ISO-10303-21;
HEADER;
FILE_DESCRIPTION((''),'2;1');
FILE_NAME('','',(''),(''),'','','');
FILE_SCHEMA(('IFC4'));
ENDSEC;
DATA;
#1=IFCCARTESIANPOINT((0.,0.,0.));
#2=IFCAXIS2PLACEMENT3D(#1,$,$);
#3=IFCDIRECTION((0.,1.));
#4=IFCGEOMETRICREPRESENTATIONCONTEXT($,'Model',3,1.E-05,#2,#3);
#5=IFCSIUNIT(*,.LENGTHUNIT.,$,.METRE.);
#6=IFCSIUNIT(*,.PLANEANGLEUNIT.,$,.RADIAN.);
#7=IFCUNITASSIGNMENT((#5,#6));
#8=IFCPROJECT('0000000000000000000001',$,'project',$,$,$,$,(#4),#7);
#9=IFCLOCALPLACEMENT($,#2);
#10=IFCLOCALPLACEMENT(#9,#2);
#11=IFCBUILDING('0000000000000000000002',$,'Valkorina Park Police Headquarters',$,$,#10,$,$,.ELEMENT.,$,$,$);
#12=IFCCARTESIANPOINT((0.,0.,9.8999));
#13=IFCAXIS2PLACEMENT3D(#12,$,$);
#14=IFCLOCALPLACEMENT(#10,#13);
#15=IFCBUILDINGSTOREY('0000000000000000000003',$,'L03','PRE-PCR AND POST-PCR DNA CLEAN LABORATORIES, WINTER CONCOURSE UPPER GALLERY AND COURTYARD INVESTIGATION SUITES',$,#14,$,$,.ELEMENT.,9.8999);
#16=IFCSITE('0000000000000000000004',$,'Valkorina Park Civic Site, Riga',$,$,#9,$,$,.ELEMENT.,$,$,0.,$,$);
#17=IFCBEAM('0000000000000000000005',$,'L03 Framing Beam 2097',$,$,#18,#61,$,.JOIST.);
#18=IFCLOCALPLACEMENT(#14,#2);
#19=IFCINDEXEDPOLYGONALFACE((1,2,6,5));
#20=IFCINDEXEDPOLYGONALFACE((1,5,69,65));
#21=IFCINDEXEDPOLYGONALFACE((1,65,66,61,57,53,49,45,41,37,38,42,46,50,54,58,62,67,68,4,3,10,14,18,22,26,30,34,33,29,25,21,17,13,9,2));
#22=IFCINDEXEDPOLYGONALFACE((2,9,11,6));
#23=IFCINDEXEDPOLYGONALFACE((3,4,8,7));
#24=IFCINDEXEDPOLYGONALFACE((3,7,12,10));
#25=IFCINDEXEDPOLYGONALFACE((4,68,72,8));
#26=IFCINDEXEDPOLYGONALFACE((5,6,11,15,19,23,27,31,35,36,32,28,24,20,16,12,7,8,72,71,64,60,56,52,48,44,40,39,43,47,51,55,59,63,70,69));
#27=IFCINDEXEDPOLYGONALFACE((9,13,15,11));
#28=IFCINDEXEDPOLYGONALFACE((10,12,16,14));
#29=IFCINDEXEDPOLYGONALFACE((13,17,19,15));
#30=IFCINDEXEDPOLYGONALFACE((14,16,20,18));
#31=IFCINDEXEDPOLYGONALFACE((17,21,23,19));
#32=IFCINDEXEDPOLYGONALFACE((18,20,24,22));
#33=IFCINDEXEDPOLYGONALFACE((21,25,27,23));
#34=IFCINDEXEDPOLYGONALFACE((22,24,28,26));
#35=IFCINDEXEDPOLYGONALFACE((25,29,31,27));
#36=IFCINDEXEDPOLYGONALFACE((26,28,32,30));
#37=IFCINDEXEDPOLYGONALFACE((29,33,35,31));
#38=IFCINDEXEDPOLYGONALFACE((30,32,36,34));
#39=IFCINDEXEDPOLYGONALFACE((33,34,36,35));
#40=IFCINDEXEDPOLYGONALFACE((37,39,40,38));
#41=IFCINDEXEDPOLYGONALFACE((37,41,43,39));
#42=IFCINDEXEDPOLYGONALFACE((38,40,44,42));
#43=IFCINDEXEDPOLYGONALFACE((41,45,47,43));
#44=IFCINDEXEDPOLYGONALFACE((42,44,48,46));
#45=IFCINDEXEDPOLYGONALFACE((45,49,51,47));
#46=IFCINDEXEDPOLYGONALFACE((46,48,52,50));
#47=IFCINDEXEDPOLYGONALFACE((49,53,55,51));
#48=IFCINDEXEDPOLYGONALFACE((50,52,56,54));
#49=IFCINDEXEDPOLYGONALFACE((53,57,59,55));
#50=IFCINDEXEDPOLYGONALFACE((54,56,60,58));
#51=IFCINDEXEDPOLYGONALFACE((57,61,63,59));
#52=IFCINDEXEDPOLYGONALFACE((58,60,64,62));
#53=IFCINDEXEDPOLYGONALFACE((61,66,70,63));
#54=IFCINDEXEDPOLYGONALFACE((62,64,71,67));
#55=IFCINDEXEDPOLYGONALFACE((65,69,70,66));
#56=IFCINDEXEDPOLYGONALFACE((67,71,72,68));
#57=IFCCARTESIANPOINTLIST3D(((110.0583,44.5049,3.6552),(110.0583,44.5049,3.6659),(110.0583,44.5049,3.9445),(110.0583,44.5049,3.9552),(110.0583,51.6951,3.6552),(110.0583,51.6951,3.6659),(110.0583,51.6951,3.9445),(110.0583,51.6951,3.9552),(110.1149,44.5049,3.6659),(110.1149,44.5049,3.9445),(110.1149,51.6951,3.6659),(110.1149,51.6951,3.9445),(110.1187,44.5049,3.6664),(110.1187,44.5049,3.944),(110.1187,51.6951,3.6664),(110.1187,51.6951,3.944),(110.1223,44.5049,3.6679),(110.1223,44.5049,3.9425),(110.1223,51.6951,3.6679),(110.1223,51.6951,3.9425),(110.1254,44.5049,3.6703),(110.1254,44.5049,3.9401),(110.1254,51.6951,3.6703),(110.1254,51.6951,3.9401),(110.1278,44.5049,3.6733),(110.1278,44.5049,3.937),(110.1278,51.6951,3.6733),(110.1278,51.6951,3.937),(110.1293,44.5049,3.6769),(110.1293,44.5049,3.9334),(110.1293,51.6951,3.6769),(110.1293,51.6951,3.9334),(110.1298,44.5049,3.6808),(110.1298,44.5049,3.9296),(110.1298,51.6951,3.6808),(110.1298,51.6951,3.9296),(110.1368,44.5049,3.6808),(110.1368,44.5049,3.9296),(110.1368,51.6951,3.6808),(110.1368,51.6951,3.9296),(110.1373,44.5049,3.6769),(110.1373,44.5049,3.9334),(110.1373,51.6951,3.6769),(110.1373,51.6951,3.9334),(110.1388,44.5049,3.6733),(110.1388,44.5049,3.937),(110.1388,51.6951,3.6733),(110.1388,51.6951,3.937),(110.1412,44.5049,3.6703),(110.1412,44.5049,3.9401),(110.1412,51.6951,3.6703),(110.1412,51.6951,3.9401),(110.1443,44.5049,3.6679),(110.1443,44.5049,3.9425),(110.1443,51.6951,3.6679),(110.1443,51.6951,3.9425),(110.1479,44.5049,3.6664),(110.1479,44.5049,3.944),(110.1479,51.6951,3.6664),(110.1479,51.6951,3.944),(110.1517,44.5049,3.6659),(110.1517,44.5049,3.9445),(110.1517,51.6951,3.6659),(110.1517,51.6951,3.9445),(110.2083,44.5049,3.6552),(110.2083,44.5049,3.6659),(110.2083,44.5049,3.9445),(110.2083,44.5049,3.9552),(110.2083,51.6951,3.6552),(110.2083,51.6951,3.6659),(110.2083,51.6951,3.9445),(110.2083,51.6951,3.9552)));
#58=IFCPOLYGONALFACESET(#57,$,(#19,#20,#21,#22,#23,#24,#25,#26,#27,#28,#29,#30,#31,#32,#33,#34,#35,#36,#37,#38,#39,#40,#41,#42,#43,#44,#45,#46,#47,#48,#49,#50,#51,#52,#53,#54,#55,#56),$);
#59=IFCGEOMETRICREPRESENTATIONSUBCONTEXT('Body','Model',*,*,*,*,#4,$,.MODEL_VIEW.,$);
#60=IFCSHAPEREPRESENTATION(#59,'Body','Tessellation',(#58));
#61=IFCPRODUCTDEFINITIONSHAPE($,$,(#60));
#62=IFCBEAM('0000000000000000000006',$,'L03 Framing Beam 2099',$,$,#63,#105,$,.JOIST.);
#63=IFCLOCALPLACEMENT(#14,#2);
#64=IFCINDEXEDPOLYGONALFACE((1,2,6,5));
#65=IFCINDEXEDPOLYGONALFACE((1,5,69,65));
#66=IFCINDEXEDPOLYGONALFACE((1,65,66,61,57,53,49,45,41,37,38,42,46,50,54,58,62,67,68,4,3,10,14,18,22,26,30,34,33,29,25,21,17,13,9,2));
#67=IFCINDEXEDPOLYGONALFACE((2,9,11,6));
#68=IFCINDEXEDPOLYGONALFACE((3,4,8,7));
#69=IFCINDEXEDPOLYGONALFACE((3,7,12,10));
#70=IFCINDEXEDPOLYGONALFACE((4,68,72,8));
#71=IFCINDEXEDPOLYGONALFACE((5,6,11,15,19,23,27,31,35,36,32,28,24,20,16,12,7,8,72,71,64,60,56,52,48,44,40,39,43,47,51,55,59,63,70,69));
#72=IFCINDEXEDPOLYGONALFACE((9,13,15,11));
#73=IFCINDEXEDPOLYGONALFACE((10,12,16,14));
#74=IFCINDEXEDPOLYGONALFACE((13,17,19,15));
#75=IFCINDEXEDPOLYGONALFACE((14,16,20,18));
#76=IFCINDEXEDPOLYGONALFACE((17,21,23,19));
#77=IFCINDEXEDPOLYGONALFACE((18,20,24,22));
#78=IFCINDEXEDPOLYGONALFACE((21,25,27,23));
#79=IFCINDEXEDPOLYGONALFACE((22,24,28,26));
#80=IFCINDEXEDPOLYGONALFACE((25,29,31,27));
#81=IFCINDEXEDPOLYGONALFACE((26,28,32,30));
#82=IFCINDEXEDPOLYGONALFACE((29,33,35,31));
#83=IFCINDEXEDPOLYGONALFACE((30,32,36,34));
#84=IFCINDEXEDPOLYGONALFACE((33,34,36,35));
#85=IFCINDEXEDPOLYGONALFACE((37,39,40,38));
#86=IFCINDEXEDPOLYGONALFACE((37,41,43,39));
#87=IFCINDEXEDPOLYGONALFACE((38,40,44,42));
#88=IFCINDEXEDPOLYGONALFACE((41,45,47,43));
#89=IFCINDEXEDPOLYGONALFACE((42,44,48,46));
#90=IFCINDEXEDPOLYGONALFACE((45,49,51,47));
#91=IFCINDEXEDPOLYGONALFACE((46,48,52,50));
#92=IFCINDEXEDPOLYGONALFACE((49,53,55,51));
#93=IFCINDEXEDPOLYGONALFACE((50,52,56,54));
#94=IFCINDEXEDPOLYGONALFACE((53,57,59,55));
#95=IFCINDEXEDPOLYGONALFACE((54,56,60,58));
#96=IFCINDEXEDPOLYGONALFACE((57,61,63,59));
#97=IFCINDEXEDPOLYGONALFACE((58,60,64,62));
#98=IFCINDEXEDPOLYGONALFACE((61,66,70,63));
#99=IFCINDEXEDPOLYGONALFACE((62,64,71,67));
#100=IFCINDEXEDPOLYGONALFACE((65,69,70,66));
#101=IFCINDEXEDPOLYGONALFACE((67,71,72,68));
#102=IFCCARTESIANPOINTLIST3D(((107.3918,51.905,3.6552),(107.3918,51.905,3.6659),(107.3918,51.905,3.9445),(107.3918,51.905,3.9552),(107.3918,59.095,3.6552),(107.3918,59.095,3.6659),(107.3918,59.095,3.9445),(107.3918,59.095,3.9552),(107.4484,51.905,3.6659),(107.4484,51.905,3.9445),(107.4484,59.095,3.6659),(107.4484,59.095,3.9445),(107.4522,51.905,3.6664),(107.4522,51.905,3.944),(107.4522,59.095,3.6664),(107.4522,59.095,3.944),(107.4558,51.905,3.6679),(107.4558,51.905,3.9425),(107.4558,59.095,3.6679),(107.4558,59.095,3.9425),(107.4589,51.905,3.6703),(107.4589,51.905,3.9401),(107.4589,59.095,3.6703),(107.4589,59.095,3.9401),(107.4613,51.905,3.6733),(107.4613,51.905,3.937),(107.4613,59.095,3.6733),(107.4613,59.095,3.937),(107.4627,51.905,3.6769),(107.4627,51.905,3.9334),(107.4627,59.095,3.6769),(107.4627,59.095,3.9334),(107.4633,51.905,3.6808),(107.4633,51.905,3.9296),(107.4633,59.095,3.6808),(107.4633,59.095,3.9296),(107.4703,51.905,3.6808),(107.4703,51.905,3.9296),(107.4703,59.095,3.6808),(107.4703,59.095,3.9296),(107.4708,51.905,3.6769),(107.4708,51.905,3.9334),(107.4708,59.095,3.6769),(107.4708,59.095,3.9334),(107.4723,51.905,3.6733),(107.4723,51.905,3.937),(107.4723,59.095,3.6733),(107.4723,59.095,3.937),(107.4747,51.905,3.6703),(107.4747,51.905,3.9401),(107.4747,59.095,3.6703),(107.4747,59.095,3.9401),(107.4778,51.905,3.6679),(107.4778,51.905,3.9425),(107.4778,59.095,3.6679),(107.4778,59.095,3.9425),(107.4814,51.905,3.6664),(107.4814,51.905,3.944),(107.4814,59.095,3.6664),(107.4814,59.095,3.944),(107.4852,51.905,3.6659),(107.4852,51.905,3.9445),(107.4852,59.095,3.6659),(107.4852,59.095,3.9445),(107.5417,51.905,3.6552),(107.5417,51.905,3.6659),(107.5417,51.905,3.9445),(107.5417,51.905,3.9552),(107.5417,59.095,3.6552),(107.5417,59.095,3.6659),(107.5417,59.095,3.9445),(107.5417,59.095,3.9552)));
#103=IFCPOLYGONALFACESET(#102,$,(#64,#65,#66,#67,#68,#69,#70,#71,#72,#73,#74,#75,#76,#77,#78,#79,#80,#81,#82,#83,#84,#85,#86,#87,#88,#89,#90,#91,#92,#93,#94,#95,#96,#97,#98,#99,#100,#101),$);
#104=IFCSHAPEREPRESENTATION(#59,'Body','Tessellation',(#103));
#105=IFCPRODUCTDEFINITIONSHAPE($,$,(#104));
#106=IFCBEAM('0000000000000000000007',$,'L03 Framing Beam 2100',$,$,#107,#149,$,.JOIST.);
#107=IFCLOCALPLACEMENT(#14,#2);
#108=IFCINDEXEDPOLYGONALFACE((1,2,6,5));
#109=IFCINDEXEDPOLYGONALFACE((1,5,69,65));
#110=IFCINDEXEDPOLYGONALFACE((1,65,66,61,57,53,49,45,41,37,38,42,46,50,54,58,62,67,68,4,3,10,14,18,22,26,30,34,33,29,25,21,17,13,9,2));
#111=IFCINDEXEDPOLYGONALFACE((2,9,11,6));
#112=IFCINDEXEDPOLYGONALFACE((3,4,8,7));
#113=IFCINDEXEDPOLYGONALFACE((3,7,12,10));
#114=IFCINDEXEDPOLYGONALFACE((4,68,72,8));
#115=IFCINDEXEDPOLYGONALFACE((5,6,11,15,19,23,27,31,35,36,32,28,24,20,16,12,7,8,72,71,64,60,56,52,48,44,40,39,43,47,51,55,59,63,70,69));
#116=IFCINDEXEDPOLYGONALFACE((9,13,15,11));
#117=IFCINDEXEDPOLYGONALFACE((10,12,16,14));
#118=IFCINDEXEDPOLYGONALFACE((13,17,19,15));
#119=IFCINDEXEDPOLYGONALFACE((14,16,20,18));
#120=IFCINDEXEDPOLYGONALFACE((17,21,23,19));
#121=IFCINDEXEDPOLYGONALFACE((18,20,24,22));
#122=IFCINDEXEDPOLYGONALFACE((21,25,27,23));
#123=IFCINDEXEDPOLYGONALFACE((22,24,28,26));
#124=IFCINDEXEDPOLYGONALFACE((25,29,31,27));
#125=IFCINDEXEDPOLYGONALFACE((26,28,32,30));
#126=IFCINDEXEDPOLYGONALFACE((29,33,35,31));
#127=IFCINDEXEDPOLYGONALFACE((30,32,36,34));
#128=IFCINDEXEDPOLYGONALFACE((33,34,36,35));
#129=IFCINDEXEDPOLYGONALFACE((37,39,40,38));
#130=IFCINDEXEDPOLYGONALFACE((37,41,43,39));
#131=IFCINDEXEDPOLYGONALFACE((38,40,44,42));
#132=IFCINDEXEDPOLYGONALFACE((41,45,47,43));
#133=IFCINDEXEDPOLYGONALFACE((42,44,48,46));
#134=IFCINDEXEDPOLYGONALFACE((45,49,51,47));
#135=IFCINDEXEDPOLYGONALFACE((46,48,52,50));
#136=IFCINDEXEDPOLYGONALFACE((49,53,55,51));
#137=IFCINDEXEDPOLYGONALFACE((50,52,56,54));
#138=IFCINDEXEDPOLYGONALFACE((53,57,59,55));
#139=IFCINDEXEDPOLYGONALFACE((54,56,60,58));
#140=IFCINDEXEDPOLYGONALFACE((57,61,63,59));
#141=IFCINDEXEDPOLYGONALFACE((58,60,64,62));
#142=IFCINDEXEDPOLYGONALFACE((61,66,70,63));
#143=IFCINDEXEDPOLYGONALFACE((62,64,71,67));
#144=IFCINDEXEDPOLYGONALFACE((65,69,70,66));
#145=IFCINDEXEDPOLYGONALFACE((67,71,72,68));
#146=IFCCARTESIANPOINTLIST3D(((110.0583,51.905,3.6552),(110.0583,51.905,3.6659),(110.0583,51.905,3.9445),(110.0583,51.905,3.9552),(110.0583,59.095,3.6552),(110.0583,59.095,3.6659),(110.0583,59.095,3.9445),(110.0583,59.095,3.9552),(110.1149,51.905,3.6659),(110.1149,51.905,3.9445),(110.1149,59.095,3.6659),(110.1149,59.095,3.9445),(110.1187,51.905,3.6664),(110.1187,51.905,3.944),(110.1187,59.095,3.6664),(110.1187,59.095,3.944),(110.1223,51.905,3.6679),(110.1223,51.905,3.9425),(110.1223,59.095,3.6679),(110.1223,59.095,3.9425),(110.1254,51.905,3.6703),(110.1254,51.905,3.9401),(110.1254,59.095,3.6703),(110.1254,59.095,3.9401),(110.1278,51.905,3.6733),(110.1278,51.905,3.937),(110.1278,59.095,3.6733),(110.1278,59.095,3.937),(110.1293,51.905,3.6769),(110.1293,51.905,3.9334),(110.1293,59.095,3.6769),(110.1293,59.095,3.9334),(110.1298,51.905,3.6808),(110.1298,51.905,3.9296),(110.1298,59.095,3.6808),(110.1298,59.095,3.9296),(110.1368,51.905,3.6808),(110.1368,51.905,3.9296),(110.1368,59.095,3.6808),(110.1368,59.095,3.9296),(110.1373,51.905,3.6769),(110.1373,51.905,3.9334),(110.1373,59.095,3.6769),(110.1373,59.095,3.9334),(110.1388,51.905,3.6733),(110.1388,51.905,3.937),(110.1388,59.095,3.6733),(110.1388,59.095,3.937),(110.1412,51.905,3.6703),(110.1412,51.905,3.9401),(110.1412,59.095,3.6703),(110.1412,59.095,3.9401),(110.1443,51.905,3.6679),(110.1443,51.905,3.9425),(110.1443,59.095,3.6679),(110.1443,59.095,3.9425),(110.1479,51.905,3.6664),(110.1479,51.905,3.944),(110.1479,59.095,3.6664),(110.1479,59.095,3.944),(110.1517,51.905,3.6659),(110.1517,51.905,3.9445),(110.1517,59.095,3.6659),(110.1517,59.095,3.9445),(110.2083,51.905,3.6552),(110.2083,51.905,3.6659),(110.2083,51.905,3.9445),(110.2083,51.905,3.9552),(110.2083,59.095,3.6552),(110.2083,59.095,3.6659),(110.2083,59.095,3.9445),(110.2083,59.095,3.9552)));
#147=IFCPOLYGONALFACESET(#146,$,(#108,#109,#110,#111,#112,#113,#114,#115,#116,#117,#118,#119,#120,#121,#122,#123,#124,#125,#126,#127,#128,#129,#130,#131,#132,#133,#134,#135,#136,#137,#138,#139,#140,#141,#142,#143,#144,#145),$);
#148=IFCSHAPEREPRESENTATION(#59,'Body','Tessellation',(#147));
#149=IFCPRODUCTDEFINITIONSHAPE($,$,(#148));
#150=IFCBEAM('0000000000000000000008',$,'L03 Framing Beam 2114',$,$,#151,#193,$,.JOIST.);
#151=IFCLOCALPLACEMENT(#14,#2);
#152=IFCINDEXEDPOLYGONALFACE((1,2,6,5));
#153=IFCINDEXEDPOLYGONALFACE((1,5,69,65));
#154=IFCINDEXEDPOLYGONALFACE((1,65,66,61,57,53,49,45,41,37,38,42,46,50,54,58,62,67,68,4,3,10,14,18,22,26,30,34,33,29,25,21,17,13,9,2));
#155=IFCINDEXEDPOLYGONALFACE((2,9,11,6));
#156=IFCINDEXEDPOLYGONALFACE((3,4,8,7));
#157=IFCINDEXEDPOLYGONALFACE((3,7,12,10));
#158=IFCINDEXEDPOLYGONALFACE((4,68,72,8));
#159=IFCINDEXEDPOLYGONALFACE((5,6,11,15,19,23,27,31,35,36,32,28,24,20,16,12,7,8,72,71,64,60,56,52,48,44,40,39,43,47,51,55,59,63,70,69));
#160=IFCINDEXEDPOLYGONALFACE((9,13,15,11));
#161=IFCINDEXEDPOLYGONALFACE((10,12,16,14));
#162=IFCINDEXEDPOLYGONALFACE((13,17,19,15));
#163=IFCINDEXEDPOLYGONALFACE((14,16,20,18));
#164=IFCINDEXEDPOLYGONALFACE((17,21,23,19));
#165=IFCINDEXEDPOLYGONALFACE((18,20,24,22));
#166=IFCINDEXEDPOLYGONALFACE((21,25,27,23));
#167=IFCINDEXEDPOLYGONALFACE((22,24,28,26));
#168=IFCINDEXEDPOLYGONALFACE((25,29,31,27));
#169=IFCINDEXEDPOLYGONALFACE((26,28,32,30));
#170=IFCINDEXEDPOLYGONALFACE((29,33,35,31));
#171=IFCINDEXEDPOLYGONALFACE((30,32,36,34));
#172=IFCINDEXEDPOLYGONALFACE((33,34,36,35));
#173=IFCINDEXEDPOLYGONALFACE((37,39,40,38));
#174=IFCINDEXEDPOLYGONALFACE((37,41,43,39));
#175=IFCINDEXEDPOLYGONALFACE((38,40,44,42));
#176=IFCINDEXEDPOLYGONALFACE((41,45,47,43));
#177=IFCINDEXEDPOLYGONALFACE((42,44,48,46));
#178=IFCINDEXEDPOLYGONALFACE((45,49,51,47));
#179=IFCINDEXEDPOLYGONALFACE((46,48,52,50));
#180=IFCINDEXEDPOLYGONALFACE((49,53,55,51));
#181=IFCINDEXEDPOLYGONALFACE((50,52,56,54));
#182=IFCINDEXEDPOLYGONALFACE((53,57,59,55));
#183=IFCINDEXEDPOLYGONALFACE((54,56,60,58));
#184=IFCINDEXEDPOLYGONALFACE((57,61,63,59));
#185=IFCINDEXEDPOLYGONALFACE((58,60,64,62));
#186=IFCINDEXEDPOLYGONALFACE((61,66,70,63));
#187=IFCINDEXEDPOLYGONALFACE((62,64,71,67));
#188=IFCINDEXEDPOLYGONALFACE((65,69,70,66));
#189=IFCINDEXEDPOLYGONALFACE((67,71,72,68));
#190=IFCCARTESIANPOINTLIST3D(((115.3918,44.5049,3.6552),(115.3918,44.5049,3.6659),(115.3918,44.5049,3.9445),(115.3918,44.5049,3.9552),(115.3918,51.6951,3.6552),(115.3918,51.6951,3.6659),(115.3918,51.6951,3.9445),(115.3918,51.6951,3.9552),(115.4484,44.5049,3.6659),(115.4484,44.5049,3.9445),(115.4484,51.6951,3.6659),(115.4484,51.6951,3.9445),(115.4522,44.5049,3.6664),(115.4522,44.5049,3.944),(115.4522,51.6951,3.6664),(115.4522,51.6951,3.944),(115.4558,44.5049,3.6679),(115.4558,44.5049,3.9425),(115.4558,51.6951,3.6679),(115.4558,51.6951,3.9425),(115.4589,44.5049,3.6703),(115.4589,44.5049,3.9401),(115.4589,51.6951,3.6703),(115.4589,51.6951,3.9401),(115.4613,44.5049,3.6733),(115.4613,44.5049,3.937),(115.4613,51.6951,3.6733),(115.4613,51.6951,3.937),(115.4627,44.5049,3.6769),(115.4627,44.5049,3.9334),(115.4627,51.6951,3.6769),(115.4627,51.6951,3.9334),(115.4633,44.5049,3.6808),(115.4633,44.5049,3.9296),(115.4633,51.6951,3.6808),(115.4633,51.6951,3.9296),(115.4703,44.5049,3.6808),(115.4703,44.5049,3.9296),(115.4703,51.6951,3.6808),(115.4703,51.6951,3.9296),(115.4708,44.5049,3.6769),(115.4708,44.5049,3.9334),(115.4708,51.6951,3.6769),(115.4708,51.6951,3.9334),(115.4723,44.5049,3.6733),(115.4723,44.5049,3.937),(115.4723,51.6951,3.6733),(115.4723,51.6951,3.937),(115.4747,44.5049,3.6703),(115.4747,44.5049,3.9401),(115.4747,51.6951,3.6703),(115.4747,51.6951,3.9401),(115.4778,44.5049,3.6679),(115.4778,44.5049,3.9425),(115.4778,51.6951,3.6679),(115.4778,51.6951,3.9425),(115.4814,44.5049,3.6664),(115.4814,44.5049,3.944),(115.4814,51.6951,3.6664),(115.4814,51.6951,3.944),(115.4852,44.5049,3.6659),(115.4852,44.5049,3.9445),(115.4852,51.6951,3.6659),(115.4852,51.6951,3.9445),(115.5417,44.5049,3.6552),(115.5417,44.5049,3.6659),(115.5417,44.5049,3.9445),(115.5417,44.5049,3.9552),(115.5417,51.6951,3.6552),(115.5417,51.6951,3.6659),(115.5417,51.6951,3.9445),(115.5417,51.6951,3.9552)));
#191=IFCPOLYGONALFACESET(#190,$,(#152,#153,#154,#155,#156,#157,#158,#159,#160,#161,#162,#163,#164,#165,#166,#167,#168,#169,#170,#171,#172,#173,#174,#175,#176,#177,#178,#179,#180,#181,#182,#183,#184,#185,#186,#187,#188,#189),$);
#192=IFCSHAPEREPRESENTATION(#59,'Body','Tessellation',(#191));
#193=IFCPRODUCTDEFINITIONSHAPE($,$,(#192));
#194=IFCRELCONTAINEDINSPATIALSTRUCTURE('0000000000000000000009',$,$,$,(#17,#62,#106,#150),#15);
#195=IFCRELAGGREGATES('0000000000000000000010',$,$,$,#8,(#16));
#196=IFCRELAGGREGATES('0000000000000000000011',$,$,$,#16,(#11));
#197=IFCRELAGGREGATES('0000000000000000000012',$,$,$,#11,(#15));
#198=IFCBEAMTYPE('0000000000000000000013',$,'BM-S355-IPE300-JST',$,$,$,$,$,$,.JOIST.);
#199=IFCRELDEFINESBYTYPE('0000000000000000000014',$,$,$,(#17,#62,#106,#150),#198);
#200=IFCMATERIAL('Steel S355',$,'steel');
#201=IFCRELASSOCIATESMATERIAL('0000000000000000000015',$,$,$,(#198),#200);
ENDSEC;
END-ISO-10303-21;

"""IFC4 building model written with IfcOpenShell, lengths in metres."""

from ifc_helpers import new_model, si_unit, direction, frame, origin, origin_2d, place, context, subcontext, project, spatial, i_section, extrude, material, material_profile, profile_set, type_object, element, save


model = new_model("IFC4")

# Units and contexts
model_context = context("Model", 3, precision=1e-05, world=origin(), true_north=direction((0.0, 1.0)))
body_context = subcontext(model_context, "Body", "Model", "MODEL_VIEW")
ifc_project = project(units=[si_unit("LENGTHUNIT", "METRE"), si_unit("PLANEANGLEUNIT", "RADIAN")], contexts=[model_context])

# Site, building, storey
site_placement = place(None, origin())
site = spatial("IfcSite", under=ifc_project, at=site_placement, Name="Valkorina Park Civic Site, Riga", CompositionType="ELEMENT", RefElevation=0.0)
building_placement = place(site_placement, origin())
building = spatial("IfcBuilding", under=site, at=building_placement, Name="Valkorina Park Police Headquarters", CompositionType="ELEMENT")
storey_placement = place(building_placement, frame((0.0, 0.0, 9.8999)))
storey = spatial("IfcBuildingStorey", under=building, at=storey_placement, Name="L03", Description="PRE-PCR AND POST-PCR DNA CLEAN LABORATORIES, WINTER CONCOURSE UPPER GALLERY AND COURTYARD INVESTIGATION SUITES", CompositionType="ELEMENT", Elevation=9.8999)

# Shared definitions
ifc_material_1 = material(Name="Steel S355", Category="steel")

# Beams
ifc_material_profile_1 = material_profile(ifc_material_1, i_section(OverallWidth=0.1499, OverallDepth=0.3, WebThickness=0.0071, FlangeThickness=0.0107, FilletRadius=0.0149, at=origin_2d()), Name="IPE 300")
ifc_profile_set_1 = profile_set([ifc_material_profile_1], Name="Steel S355")
beam_type_1 = type_object("IfcBeamType", Name="BM-S355-IPE300-JST", PredefinedType="JOIST", material=ifc_profile_set_1)
for number, where, z_axis, x_axis, name in (
    (1, (110.1333, 44.5049, 3.8052), (0.0, 1.0, 0.0), (-1.0, 0.0, 0.0), "L03 Framing Beam 2097"),
):
    element("IfcBeam", number, at=place(storey_placement, frame(where, z_axis=z_axis, x_axis=x_axis)), inside=storey, type_object=beam_type_1, Name=name, PredefinedType="JOIST", context=body_context, shape_type="SweptSolid", body=[
        extrude(i_section(OverallWidth=0.1499, OverallDepth=0.3, WebThickness=0.0071, FlangeThickness=0.0107, FilletRadius=0.0149, at=origin_2d()), origin(), (0.0, 0.0, 1.0), 7.1902),
    ])
for number, where, z_axis, x_axis, name in (
    (2, (107.4668, 51.905, 3.8052), (0.0, 1.0, 0.0), (-1.0, 0.0, 0.0), "L03 Framing Beam 2099"),
    (3, (110.1333, 51.905, 3.8052), (0.0, 1.0, 0.0), (-1.0, 0.0, 0.0), "L03 Framing Beam 2100"),
):
    element("IfcBeam", number, at=place(storey_placement, frame(where, z_axis=z_axis, x_axis=x_axis)), inside=storey, type_object=beam_type_1, Name=name, PredefinedType="JOIST", context=body_context, shape_type="SweptSolid", body=[
        extrude(i_section(OverallWidth=0.1499, OverallDepth=0.3, WebThickness=0.0071, FlangeThickness=0.0107, FilletRadius=0.0149, at=origin_2d()), origin(), (0.0, 0.0, 1.0), 7.1899),
    ])
for number, where, z_axis, x_axis, name in (
    (4, (115.4668, 44.5049, 3.8052), (0.0, 1.0, 0.0), (-1.0, 0.0, 0.0), "L03 Framing Beam 2114"),
):
    element("IfcBeam", number, at=place(storey_placement, frame(where, z_axis=z_axis, x_axis=x_axis)), inside=storey, type_object=beam_type_1, Name=name, PredefinedType="JOIST", context=body_context, shape_type="SweptSolid", body=[
        extrude(i_section(OverallWidth=0.1499, OverallDepth=0.3, WebThickness=0.0071, FlangeThickness=0.0107, FilletRadius=0.0149, at=origin_2d()), origin(), (0.0, 0.0, 1.0), 7.1902),
    ])

save(model, "model.ifc")
